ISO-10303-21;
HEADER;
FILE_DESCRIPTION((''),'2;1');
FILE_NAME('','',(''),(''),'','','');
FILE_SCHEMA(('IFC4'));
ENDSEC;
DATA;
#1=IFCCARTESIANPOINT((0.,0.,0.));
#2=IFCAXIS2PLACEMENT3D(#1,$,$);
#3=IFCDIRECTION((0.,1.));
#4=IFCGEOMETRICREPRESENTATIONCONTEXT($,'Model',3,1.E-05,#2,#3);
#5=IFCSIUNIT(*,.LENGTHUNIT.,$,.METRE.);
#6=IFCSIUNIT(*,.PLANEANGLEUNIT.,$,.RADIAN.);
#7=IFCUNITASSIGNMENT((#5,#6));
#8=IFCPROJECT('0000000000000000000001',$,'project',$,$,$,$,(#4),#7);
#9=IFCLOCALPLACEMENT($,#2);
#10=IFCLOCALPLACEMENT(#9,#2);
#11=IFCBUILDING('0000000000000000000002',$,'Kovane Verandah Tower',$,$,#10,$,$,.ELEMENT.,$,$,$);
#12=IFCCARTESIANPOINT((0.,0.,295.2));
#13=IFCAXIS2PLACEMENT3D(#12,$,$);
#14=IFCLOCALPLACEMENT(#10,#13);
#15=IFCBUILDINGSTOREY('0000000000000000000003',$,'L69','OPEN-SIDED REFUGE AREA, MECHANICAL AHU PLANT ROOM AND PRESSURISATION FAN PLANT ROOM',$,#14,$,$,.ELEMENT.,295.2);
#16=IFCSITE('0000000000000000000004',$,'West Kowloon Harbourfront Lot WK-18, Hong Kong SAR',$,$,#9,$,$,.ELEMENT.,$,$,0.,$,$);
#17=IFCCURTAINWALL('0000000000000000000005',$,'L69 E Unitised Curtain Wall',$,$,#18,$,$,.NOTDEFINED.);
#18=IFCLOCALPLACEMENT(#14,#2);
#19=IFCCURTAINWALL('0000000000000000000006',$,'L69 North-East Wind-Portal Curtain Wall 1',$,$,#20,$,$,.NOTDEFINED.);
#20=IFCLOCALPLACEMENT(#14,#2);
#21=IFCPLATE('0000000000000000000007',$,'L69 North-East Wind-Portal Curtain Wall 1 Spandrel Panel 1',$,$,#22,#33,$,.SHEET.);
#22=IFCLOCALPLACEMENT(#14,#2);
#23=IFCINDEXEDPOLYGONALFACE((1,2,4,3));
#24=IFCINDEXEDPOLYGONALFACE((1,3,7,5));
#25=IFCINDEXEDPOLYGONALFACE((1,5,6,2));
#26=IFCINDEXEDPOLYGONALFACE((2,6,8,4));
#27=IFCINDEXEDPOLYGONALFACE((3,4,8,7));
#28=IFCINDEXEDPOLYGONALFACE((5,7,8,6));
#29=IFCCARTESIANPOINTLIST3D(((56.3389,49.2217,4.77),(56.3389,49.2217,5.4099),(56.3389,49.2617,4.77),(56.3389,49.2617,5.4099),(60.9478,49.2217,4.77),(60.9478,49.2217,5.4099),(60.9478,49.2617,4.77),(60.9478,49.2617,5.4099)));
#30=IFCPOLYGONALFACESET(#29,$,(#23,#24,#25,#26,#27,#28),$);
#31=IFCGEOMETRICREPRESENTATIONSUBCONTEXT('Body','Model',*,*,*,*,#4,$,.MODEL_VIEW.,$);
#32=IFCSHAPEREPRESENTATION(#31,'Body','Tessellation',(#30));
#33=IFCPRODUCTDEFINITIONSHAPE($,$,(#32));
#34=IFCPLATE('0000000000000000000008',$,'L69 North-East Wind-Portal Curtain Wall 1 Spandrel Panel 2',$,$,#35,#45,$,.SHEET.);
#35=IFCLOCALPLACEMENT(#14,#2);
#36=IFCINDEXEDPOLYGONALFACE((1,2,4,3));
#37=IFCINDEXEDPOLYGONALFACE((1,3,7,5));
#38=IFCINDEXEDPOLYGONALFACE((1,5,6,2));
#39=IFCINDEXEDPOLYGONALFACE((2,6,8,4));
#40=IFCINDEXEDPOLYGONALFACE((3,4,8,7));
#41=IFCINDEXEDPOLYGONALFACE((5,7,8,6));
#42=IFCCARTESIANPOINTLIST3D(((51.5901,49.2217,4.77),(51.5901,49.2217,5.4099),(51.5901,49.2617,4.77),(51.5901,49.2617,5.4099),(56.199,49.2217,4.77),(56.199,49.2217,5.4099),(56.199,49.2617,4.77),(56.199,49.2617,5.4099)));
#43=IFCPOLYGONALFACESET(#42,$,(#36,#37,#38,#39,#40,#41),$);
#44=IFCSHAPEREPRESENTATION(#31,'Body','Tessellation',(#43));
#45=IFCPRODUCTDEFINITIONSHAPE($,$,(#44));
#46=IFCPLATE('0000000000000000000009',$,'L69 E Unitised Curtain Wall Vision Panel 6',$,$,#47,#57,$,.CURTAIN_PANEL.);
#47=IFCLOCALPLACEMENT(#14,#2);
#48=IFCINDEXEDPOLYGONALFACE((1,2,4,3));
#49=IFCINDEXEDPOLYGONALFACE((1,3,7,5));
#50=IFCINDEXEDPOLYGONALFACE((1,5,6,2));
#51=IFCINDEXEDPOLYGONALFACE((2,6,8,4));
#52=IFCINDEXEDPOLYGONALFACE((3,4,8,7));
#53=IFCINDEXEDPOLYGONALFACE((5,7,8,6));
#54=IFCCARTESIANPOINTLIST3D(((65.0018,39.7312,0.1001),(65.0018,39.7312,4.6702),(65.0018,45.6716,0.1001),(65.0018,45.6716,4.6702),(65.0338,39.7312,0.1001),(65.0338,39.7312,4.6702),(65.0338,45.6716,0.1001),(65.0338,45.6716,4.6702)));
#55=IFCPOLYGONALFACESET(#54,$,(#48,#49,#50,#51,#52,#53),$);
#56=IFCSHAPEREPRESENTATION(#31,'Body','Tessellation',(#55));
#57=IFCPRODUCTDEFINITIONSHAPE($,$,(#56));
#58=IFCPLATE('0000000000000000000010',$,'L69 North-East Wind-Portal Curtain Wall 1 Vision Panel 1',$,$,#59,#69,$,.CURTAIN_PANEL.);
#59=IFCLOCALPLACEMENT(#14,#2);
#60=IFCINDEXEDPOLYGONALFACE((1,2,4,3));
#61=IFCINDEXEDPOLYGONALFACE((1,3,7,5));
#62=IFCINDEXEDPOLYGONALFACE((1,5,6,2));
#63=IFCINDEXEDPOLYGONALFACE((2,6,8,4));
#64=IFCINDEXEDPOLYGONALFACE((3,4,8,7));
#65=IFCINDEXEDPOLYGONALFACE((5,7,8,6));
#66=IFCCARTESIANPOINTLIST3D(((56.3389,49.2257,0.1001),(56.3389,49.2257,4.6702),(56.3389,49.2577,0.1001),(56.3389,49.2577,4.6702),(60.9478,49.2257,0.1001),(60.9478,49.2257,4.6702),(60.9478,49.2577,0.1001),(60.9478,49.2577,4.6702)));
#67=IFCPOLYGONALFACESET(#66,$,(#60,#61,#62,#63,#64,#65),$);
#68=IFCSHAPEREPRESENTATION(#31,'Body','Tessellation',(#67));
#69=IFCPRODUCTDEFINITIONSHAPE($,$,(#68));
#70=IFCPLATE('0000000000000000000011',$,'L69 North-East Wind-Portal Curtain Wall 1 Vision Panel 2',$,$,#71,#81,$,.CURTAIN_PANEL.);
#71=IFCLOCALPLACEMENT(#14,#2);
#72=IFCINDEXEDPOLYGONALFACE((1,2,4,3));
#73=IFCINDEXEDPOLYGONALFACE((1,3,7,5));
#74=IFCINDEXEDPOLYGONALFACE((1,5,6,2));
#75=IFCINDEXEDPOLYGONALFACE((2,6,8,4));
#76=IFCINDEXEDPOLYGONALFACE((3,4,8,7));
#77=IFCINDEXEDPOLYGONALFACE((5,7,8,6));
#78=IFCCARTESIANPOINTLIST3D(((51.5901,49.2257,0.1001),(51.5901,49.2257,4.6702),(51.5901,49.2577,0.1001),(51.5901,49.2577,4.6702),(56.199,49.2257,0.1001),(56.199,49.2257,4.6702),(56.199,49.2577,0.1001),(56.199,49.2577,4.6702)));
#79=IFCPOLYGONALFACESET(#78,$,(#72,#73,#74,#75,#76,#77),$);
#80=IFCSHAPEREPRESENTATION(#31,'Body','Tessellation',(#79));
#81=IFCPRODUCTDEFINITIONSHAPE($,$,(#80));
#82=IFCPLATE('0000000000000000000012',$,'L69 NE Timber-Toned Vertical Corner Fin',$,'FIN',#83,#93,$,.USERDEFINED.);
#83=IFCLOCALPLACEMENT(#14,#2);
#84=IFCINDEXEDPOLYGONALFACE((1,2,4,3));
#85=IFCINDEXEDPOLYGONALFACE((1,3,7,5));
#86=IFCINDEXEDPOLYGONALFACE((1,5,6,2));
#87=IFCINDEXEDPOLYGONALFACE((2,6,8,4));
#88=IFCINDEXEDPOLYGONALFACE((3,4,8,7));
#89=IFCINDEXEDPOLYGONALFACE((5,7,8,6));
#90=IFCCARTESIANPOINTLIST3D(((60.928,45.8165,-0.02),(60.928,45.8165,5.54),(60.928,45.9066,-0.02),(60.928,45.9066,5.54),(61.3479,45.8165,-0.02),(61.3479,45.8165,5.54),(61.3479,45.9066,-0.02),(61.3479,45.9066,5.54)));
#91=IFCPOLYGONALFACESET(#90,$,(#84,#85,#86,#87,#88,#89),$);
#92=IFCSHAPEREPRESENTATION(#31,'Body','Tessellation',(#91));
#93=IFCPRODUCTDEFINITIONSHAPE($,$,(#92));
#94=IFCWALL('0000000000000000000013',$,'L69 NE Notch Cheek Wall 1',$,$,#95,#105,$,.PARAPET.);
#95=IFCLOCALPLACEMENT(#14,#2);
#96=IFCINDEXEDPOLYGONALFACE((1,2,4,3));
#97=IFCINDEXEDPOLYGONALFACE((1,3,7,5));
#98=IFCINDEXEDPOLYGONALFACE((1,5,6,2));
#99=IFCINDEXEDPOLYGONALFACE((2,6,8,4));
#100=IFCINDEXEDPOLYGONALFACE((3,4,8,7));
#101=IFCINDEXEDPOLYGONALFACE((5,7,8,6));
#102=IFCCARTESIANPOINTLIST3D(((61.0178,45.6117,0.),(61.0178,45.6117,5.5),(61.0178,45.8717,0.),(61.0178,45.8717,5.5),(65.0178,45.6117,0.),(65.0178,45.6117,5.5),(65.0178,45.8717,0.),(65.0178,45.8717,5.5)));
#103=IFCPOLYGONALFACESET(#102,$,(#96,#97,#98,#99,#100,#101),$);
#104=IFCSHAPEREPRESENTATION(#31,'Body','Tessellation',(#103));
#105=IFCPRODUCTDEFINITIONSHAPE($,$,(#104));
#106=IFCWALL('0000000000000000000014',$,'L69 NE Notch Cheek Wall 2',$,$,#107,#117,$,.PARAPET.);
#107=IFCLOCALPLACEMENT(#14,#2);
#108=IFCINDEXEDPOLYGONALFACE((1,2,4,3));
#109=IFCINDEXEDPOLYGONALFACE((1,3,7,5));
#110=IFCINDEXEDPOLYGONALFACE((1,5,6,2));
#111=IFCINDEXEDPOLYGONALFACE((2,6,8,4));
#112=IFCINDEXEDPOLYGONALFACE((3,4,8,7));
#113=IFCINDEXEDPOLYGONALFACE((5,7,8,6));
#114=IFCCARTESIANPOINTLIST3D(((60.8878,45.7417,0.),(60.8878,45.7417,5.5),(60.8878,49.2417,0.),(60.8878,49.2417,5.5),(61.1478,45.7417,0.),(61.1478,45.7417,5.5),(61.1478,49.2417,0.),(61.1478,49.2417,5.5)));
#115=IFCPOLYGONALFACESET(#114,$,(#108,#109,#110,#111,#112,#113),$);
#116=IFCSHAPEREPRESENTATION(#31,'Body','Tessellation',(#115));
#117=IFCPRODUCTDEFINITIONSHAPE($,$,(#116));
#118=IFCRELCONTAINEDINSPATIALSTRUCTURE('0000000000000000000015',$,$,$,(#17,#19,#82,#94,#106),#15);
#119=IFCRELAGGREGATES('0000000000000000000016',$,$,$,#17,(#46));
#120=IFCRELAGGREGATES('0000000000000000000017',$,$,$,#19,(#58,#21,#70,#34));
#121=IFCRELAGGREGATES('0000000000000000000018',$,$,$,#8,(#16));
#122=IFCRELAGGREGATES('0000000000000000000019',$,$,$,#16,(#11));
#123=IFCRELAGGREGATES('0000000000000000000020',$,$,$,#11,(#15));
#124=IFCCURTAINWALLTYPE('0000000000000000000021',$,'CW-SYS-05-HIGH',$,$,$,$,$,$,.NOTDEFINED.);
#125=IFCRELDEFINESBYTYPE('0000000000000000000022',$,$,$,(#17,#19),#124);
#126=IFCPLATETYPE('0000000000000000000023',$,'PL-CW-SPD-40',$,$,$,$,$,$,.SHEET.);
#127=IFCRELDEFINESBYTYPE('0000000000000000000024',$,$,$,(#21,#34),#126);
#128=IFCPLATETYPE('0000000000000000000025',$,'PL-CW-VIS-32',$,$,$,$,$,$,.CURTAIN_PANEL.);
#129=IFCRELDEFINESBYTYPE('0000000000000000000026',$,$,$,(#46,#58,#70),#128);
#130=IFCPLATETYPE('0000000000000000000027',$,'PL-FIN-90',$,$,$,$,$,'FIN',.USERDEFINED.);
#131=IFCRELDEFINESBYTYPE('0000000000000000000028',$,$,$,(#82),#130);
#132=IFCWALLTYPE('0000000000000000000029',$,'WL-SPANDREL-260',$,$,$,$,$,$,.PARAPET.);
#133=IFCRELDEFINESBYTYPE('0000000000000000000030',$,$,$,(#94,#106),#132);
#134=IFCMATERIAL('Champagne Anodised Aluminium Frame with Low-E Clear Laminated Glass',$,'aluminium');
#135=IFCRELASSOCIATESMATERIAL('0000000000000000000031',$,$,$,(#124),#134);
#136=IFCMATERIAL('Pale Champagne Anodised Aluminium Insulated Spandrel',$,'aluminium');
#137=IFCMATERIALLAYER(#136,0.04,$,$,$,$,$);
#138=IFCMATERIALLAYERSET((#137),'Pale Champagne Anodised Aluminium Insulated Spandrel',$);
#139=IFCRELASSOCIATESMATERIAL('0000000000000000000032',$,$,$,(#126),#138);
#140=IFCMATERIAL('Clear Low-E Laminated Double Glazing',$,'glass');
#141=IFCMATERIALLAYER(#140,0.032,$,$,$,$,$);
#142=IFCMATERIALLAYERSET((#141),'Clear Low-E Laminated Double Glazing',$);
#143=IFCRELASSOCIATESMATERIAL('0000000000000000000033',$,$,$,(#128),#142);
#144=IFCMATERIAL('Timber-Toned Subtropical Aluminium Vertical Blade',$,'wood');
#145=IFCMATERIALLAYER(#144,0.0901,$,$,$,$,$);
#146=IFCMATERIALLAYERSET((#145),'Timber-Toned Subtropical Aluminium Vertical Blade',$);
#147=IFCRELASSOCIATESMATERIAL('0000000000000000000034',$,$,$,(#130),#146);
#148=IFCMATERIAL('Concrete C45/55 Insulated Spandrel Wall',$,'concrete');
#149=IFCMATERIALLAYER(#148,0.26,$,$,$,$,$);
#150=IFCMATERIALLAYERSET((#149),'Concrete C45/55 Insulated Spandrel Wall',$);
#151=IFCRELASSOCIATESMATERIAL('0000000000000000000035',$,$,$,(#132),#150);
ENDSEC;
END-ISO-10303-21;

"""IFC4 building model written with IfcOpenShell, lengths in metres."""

from ifc_helpers import new_model, si_unit, direction, frame, frame_2d, origin, origin_2d, place, context, subcontext, project, spatial, rectangle, extrude, material, layer, layer_set, type_object, element, aggregate, save


model = new_model("IFC4")

# Units and contexts
model_context = context("Model", 3, precision=1e-05, world=origin(), true_north=direction((0.0, 1.0)))
body_context = subcontext(model_context, "Body", "Model", "MODEL_VIEW")
ifc_project = project(units=[si_unit("LENGTHUNIT", "METRE"), si_unit("PLANEANGLEUNIT", "RADIAN")], contexts=[model_context])

# Site, building, storey
site_placement = place(None, origin())
site = spatial("IfcSite", under=ifc_project, at=site_placement, Name="West Kowloon Harbourfront Lot WK-18, Hong Kong SAR", CompositionType="ELEMENT", RefElevation=0.0)
building_placement = place(site_placement, origin())
building = spatial("IfcBuilding", under=site, at=building_placement, Name="Kovane Verandah Tower", CompositionType="ELEMENT")
storey_placement = place(building_placement, frame((0.0, 0.0, 295.2)))
storey = spatial("IfcBuildingStorey", under=building, at=storey_placement, Name="L69", Description="OPEN-SIDED REFUGE AREA, MECHANICAL AHU PLANT ROOM AND PRESSURISATION FAN PLANT ROOM", CompositionType="ELEMENT", Elevation=295.2)

# Curtain wall
ifc_material_1 = material(Name="Champagne Anodised Aluminium Frame with Low-E Clear Laminated Glass", Category="aluminium")
curtain_wall_type = type_object("IfcCurtainWallType", Name="CW-SYS-05-HIGH", PredefinedType="NOTDEFINED", material=ifc_material_1)
curtain_wall_1_placement = place(storey_placement, origin())
curtain_wall_1 = element("IfcCurtainWall", 1, at=curtain_wall_1_placement, inside=storey, type_object=curtain_wall_type, Name="L69 E Unitised Curtain Wall", PredefinedType="NOTDEFINED")

# Curtain wall
curtain_wall_2_placement = place(storey_placement, origin())
curtain_wall_2 = element("IfcCurtainWall", 2, at=curtain_wall_2_placement, inside=storey, type_object=curtain_wall_type, Name="L69 North-East Wind-Portal Curtain Wall 1", PredefinedType="NOTDEFINED")

# Plates
ifc_material_2 = material(Name="Pale Champagne Anodised Aluminium Insulated Spandrel", Category="aluminium")
ifc_layer_1 = layer(ifc_material_2, 0.04)
ifc_layer_set_1 = layer_set([ifc_layer_1], Name="Pale Champagne Anodised Aluminium Insulated Spandrel")
plate_type_1 = type_object("IfcPlateType", Name="PL-CW-SPD-40", PredefinedType="SHEET", material=ifc_layer_set_1)
plate_1_placement = place(storey_placement, frame((58.6433, 49.2417, 4.77), z_axis=(0.0, 0.0, 1.0), x_axis=(-1.0, 0.0, 0.0)))
plate_1 = element("IfcPlate", 3, at=plate_1_placement, type_object=plate_type_1, Name="L69 North-East Wind-Portal Curtain Wall 1 Spandrel Panel 1", PredefinedType="SHEET", context=body_context, shape_type="SweptSolid", body=[
    extrude(rectangle(XDim=4.6089, YDim=0.04, at=origin_2d()), origin(), (0.0, 0.0, 1.0), 0.6399),
])
plate_2_placement = place(storey_placement, frame((53.8945, 49.2417, 4.77), z_axis=(0.0, 0.0, 1.0), x_axis=(-1.0, 0.0, 0.0)))
plate_2 = element("IfcPlate", 4, at=plate_2_placement, type_object=plate_type_1, Name="L69 North-East Wind-Portal Curtain Wall 1 Spandrel Panel 2", PredefinedType="SHEET", context=body_context, shape_type="SweptSolid", body=[
    extrude(rectangle(XDim=4.6089, YDim=0.04, at=origin_2d()), origin(), (0.0, 0.0, 1.0), 0.6399),
])
ifc_material_3 = material(Name="Clear Low-E Laminated Double Glazing", Category="glass")
ifc_layer_2 = layer(ifc_material_3, 0.032)
ifc_layer_set_2 = layer_set([ifc_layer_2], Name="Clear Low-E Laminated Double Glazing")
plate_type_2 = type_object("IfcPlateType", Name="PL-CW-VIS-32", PredefinedType="CURTAIN_PANEL", material=ifc_layer_set_2)
plate_3_placement = place(storey_placement, frame((65.0178, 42.7014, 0.1001), z_axis=(0.0, 0.0, 1.0), x_axis=(0.0, 1.0, 0.0)))
plate_3 = element("IfcPlate", 5, at=plate_3_placement, type_object=plate_type_2, Name="L69 E Unitised Curtain Wall Vision Panel 6", PredefinedType="CURTAIN_PANEL", context=body_context, shape_type="SweptSolid", body=[
    extrude(rectangle(XDim=5.9404, YDim=0.032, at=origin_2d()), origin(), (0.0, 0.0, 1.0), 4.5701),
])
aggregate(curtain_wall_1, [plate_3])
plate_4_placement = place(storey_placement, frame((58.6433, 49.2417, 0.1001), z_axis=(0.0, 0.0, 1.0), x_axis=(-1.0, 0.0, 0.0)))
plate_4 = element("IfcPlate", 6, at=plate_4_placement, type_object=plate_type_2, Name="L69 North-East Wind-Portal Curtain Wall 1 Vision Panel 1", PredefinedType="CURTAIN_PANEL", context=body_context, shape_type="SweptSolid", body=[
    extrude(rectangle(XDim=4.6089, YDim=0.032, at=origin_2d()), origin(), (0.0, 0.0, 1.0), 4.5701),
])
plate_5_placement = place(storey_placement, frame((53.8945, 49.2417, 0.1001), z_axis=(0.0, 0.0, 1.0), x_axis=(-1.0, 0.0, 0.0)))
plate_5 = element("IfcPlate", 7, at=plate_5_placement, type_object=plate_type_2, Name="L69 North-East Wind-Portal Curtain Wall 1 Vision Panel 2", PredefinedType="CURTAIN_PANEL", context=body_context, shape_type="SweptSolid", body=[
    extrude(rectangle(XDim=4.6089, YDim=0.032, at=origin_2d()), origin(), (0.0, 0.0, 1.0), 4.5701),
])
aggregate(curtain_wall_2, [plate_4, plate_1, plate_5, plate_2])
ifc_material_4 = material(Name="Timber-Toned Subtropical Aluminium Vertical Blade", Category="wood")
ifc_layer_3 = layer(ifc_material_4, 0.0901)
ifc_layer_set_3 = layer_set([ifc_layer_3], Name="Timber-Toned Subtropical Aluminium Vertical Blade")
plate_type_3 = type_object("IfcPlateType", Name="PL-FIN-90", ElementType="FIN", PredefinedType="USERDEFINED", material=ifc_layer_set_3)
plate_6_placement = place(storey_placement, frame((61.1379, 45.8616, -0.02), z_axis=(0.0, 0.0, 1.0), x_axis=(1.0, 0.0, 0.0)))
element("IfcPlate", 8, at=plate_6_placement, inside=storey, type_object=plate_type_3, Name="L69 NE Timber-Toned Vertical Corner Fin", ObjectType="FIN", PredefinedType="USERDEFINED", context=body_context, shape_type="SweptSolid", body=[
    extrude(rectangle(XDim=0.4199, YDim=0.0901, at=origin_2d()), origin(), (0.0, 0.0, 1.0), 5.5601),
])

# Walls
ifc_material_5 = material(Name="Concrete C45/55 Insulated Spandrel Wall", Category="concrete")
ifc_layer_4 = layer(ifc_material_5, 0.26)
ifc_layer_set_4 = layer_set([ifc_layer_4], Name="Concrete C45/55 Insulated Spandrel Wall")
wall_type = type_object("IfcWallType", Name="WL-SPANDREL-260", PredefinedType="PARAPET", material=ifc_layer_set_4)
wall_1_placement = place(storey_placement, frame((65.0178, 45.7417, 0.0), z_axis=(0.0, 0.0, 1.0), x_axis=(-1.0, 0.0, 0.0)))
element("IfcWall", 9, at=wall_1_placement, inside=storey, type_object=wall_type, Name="L69 NE Notch Cheek Wall 1", PredefinedType="PARAPET", context=body_context, shape_type="SweptSolid", body=[
    extrude(rectangle(XDim=4.0, YDim=0.26, at=frame_2d((2.0, 0.0))), origin(), (0.0, 0.0, 1.0), 5.5),
])
wall_2_placement = place(storey_placement, frame((61.0178, 45.7417, 0.0), z_axis=(0.0, 0.0, 1.0), x_axis=(0.0, 1.0, 0.0)))
element("IfcWall", 10, at=wall_2_placement, inside=storey, type_object=wall_type, Name="L69 NE Notch Cheek Wall 2", PredefinedType="PARAPET", context=body_context, shape_type="SweptSolid", body=[
    extrude(rectangle(XDim=3.5, YDim=0.26, at=frame_2d((1.75, 0.0))), origin(), (0.0, 0.0, 1.0), 5.5),
])

save(model, "model.ifc")
